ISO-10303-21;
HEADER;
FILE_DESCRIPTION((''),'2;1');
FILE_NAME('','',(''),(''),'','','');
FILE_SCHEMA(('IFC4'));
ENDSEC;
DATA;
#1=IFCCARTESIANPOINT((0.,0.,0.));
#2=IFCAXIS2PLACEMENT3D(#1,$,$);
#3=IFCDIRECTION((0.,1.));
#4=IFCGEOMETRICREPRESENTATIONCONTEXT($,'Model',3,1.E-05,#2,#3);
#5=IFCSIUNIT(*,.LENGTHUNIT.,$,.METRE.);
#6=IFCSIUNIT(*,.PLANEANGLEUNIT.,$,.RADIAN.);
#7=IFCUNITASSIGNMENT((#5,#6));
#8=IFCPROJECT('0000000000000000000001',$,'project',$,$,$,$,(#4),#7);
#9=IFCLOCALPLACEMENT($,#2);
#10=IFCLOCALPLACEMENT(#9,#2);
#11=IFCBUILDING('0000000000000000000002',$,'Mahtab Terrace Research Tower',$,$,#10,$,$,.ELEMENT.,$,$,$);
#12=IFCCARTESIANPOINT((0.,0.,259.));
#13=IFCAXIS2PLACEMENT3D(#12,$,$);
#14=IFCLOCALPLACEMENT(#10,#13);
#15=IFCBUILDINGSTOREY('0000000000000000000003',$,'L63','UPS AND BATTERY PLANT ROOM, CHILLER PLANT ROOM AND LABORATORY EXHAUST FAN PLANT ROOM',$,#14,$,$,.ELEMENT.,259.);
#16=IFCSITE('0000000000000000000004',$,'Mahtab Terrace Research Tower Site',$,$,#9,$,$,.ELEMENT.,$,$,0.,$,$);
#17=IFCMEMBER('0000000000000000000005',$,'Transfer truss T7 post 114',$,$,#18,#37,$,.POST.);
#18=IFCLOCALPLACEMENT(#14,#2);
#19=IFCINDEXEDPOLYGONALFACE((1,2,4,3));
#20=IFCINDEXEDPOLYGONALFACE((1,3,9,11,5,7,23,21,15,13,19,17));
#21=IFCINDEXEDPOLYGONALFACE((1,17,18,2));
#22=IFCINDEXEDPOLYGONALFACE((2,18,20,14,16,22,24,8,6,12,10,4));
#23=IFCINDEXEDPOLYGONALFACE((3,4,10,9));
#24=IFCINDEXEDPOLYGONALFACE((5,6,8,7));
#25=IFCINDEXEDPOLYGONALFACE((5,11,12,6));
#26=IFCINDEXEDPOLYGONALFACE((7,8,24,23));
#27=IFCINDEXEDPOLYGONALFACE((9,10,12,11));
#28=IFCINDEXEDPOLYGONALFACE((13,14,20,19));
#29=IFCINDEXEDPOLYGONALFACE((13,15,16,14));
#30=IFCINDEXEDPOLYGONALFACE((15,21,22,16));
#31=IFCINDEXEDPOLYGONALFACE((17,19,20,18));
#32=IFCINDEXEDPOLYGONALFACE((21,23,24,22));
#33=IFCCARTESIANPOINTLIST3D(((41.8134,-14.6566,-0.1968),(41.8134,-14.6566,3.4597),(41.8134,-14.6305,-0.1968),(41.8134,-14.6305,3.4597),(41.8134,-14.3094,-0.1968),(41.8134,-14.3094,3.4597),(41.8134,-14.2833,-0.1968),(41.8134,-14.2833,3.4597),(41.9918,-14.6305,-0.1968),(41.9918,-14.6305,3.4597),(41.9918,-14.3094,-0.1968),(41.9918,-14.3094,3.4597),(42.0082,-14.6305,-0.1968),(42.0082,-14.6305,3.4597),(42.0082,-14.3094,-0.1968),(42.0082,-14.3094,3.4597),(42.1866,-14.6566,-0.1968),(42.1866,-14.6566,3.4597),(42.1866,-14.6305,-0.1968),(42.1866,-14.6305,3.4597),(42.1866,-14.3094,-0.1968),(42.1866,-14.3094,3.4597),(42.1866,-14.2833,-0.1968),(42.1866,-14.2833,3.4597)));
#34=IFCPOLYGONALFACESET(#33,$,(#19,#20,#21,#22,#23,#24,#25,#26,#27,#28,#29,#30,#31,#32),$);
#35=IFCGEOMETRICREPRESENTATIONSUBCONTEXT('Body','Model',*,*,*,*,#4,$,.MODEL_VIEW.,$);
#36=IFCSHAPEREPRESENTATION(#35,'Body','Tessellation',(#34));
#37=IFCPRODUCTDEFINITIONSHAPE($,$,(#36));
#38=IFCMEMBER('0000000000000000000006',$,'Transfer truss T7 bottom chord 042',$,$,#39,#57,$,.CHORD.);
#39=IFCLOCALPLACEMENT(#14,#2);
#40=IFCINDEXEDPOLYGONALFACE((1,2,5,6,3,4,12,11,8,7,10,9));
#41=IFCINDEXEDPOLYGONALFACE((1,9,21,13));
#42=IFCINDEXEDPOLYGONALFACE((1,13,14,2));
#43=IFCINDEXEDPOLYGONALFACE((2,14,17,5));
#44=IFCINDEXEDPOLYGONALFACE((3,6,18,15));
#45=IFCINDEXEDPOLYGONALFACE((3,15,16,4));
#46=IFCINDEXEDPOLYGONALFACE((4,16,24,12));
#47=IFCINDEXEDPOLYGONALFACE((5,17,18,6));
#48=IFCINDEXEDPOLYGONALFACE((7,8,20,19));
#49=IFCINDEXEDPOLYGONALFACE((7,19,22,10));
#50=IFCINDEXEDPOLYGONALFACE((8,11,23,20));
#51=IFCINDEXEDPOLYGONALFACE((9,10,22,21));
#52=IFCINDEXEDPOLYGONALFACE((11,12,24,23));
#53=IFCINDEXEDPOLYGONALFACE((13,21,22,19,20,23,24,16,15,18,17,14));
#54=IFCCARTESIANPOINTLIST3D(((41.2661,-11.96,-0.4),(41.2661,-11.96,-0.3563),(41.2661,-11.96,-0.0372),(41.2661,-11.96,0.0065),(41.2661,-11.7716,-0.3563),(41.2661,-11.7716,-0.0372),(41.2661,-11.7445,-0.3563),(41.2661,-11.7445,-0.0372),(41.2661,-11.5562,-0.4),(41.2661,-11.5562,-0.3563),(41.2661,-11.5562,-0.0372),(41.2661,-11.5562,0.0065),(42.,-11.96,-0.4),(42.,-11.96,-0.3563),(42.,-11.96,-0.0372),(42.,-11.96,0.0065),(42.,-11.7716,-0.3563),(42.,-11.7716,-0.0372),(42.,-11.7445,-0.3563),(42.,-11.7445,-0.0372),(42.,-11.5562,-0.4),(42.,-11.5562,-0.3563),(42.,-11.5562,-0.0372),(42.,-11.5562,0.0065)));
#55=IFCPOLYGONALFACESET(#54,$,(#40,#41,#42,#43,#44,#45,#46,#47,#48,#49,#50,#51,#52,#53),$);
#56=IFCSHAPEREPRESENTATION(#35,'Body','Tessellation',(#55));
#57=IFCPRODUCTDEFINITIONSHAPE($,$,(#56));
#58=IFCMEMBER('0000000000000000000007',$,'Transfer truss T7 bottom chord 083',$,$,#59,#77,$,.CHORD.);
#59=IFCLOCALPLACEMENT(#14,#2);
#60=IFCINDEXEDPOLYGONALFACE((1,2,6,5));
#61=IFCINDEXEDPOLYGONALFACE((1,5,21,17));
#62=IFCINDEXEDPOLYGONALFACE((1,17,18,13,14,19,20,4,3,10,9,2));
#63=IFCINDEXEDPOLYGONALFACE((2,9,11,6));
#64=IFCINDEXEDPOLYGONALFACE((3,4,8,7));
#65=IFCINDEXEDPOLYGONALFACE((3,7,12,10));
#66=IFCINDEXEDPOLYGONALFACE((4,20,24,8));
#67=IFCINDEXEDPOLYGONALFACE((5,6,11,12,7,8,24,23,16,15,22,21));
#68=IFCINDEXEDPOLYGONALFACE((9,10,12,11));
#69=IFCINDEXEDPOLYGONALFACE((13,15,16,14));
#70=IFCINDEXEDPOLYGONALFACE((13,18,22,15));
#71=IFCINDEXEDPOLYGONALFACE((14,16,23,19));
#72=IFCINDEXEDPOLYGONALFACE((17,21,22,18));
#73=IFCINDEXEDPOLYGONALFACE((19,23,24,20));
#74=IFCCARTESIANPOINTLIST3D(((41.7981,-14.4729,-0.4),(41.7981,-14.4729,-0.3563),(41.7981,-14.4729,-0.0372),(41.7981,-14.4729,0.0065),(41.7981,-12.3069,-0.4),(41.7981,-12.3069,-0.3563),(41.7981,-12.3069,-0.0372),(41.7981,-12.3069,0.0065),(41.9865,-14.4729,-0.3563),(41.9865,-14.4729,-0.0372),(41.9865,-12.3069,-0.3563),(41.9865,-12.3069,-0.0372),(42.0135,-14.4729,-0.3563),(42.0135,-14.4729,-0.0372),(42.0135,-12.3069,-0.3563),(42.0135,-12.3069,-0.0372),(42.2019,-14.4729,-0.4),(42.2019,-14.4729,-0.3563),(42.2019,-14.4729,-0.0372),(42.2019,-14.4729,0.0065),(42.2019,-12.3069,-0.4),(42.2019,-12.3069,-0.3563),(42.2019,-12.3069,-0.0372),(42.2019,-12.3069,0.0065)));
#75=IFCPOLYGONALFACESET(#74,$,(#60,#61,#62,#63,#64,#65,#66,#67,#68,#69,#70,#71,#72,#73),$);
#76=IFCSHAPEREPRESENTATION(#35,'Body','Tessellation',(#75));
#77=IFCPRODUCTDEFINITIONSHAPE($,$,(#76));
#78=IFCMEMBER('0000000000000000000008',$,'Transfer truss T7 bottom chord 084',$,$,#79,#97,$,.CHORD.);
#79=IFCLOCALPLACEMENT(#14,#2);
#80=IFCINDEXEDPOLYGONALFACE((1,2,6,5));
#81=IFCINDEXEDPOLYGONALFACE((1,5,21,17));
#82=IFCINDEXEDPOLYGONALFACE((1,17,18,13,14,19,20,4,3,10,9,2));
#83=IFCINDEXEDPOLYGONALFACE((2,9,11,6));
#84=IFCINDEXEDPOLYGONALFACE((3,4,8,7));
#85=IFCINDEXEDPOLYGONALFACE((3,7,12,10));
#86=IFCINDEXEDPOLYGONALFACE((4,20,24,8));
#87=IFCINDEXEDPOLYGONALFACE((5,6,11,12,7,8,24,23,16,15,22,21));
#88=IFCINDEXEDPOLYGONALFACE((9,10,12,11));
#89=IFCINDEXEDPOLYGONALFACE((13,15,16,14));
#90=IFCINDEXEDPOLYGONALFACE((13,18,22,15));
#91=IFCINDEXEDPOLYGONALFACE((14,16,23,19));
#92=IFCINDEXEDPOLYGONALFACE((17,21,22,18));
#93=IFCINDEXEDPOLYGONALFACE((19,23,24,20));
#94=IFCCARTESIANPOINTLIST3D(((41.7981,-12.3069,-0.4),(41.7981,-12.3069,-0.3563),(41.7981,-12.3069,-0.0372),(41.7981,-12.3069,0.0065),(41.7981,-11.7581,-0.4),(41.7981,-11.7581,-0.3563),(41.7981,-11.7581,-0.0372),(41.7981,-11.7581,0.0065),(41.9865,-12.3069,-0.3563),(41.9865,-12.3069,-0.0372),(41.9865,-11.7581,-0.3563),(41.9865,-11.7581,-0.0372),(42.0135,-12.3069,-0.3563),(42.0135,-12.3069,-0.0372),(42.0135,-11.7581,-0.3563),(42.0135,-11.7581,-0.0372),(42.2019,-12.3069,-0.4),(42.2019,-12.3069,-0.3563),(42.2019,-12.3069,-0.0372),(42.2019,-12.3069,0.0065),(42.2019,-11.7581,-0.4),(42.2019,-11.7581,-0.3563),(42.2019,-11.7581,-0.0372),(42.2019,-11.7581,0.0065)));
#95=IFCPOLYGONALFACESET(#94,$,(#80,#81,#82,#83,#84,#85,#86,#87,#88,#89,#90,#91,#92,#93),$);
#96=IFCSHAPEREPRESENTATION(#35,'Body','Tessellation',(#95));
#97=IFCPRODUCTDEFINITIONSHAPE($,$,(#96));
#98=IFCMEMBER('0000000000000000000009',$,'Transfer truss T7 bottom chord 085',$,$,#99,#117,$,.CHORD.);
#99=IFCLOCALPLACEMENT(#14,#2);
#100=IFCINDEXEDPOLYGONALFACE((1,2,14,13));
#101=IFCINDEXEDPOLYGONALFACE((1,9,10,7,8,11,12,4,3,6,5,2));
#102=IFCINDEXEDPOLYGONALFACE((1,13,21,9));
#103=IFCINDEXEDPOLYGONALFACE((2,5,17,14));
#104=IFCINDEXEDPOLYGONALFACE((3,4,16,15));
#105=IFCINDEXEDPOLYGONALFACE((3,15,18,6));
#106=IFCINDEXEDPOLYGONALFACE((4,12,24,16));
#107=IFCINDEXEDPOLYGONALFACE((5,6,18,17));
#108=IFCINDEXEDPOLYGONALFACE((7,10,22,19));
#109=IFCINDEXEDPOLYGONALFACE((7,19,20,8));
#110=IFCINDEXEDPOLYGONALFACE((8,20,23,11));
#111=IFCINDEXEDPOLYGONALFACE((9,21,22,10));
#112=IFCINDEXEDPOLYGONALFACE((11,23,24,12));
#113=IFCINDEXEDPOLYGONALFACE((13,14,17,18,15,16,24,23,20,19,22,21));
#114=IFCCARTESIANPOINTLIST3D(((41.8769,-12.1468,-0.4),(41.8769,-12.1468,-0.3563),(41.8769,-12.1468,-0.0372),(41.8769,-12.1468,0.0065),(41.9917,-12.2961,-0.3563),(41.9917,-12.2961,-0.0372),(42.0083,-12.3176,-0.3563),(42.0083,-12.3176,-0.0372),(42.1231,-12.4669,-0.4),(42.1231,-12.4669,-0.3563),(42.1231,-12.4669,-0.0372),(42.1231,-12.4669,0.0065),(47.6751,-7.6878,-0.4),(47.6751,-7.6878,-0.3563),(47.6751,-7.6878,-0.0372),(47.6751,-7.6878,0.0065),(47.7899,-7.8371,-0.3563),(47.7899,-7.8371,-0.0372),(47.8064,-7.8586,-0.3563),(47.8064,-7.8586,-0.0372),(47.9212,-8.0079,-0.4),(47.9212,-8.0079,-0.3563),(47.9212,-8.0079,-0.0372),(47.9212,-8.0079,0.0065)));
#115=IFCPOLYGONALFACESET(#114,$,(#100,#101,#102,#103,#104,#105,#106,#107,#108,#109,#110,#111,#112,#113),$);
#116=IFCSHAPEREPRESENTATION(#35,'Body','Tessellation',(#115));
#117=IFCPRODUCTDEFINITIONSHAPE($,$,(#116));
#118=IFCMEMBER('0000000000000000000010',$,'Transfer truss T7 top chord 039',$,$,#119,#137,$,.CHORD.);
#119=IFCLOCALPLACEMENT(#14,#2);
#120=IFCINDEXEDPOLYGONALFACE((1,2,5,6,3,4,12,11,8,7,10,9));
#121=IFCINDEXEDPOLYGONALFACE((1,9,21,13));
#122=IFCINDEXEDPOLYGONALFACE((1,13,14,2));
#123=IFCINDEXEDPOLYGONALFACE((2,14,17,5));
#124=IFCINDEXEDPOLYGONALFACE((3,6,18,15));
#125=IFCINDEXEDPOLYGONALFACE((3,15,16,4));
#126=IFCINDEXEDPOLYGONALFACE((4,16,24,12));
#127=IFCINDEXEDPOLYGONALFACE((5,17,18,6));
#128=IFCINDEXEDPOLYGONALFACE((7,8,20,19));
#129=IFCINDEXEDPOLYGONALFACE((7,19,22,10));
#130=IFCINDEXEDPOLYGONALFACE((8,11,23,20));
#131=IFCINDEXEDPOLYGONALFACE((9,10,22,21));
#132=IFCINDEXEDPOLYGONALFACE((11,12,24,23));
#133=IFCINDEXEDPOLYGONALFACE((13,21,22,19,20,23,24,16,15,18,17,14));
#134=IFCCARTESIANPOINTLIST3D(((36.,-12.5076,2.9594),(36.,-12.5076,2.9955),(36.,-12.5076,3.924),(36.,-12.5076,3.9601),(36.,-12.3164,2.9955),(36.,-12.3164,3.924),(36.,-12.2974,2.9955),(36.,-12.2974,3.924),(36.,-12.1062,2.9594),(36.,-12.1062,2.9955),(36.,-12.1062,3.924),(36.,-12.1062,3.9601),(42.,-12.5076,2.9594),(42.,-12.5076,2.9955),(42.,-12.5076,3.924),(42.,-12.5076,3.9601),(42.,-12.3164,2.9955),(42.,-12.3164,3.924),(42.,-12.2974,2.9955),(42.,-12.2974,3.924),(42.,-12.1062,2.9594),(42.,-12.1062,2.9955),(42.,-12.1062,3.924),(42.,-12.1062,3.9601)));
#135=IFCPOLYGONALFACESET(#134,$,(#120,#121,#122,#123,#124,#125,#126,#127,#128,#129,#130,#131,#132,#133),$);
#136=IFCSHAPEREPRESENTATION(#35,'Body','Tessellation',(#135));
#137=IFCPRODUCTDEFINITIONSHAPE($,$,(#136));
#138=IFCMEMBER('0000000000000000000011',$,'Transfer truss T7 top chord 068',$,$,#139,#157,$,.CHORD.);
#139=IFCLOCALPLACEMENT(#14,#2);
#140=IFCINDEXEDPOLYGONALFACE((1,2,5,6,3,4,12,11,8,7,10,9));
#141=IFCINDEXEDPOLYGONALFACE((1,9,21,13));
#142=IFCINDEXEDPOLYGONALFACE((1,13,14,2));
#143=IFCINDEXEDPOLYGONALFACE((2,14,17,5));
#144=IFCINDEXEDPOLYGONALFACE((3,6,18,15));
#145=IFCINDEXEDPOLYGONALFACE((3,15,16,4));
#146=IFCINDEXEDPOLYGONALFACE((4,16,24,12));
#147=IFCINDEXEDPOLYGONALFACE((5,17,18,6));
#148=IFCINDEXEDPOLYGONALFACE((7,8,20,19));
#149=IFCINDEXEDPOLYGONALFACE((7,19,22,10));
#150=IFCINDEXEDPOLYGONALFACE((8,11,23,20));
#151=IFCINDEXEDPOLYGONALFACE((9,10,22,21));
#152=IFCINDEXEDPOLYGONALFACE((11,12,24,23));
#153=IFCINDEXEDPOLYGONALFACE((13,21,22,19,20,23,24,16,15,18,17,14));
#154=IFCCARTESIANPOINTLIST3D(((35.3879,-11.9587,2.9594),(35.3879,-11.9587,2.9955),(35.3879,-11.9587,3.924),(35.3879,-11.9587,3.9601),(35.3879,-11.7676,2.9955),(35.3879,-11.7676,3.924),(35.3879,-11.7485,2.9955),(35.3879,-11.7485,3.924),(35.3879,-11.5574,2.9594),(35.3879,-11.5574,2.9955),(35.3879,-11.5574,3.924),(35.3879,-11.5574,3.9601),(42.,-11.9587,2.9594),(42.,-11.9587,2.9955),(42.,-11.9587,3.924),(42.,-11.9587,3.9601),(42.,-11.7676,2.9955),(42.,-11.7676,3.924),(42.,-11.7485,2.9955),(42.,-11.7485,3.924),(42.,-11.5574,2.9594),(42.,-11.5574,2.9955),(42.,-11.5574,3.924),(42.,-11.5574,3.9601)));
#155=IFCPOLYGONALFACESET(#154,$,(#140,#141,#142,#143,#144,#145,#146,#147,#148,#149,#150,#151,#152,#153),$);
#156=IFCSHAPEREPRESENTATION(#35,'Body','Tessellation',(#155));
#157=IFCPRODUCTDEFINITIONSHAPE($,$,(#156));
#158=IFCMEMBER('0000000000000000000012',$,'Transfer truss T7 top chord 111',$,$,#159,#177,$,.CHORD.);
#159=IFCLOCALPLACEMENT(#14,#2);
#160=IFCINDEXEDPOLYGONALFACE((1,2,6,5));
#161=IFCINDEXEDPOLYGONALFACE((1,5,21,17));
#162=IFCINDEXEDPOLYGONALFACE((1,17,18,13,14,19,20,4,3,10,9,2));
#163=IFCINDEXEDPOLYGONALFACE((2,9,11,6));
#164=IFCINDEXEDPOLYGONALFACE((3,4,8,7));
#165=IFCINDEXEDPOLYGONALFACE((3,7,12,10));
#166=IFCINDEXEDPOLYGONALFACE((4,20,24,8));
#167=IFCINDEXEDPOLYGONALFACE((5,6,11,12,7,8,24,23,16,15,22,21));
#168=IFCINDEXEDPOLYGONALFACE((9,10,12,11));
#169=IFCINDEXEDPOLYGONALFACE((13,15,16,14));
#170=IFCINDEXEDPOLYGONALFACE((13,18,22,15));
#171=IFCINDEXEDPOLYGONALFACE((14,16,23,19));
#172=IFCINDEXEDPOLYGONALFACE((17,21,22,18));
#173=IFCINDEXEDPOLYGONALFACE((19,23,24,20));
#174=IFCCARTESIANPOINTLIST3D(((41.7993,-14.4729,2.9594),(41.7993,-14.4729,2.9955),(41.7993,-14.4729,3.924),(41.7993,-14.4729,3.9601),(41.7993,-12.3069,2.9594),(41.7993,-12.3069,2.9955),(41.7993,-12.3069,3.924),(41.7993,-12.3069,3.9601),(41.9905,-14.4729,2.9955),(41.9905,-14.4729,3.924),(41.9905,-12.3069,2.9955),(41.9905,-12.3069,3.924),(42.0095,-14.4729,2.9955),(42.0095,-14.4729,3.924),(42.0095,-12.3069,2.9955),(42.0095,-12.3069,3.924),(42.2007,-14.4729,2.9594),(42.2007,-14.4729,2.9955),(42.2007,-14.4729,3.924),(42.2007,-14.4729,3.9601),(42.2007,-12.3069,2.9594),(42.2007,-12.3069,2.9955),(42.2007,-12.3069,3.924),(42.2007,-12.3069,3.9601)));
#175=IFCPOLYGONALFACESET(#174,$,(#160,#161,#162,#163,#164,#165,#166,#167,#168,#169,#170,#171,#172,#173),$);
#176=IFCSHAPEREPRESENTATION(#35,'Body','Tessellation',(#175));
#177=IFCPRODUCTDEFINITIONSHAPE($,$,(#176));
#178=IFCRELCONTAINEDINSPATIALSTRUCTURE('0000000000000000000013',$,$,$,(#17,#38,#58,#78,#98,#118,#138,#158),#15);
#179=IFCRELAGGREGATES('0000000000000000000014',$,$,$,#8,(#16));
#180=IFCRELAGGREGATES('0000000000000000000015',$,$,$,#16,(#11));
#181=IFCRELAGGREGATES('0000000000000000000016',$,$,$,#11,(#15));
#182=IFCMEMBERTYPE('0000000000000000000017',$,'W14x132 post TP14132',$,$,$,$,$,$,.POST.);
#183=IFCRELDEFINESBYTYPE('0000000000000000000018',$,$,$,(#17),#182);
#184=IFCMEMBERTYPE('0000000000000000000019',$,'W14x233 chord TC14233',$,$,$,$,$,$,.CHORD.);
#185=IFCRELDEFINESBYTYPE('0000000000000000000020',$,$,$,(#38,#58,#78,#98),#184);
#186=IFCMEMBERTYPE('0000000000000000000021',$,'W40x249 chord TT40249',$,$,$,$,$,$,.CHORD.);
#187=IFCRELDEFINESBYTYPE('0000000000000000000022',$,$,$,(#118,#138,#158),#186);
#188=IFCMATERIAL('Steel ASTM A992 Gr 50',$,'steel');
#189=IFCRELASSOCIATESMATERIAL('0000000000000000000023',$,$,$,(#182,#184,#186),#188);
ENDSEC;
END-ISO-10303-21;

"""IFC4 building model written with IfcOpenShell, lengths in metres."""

from ifc_helpers import new_model, si_unit, direction, frame, origin, origin_2d, place, context, subcontext, project, spatial, i_section, extrude, material, material_profile, profile_set, type_object, element, save


model = new_model("IFC4")

# Units and contexts
model_context = context("Model", 3, precision=1e-05, world=origin(), true_north=direction((0.0, 1.0)))
body_context = subcontext(model_context, "Body", "Model", "MODEL_VIEW")
ifc_project = project(units=[si_unit("LENGTHUNIT", "METRE"), si_unit("PLANEANGLEUNIT", "RADIAN")], contexts=[model_context])

# Site, building, storey
site_placement = place(None, origin())
site = spatial("IfcSite", under=ifc_project, at=site_placement, Name="Mahtab Terrace Research Tower Site", CompositionType="ELEMENT", RefElevation=0.0)
building_placement = place(site_placement, origin())
building = spatial("IfcBuilding", under=site, at=building_placement, Name="Mahtab Terrace Research Tower", CompositionType="ELEMENT")
storey_placement = place(building_placement, frame((0.0, 0.0, 259.0)))
storey = spatial("IfcBuildingStorey", under=building, at=storey_placement, Name="L63", Description="UPS AND BATTERY PLANT ROOM, CHILLER PLANT ROOM AND LABORATORY EXHAUST FAN PLANT ROOM", CompositionType="ELEMENT", Elevation=259.0)

# Shared definitions
ifc_material_1 = material(Name="Steel ASTM A992 Gr 50", Category="steel")

# Members
ifc_material_profile_1 = material_profile(ifc_material_1, i_section(OverallWidth=0.3733, OverallDepth=0.3733, WebThickness=0.0164, FlangeThickness=0.0261, at=origin_2d()), Name="W14X132")
ifc_profile_set_1 = profile_set([ifc_material_profile_1], Name="Steel ASTM A992 Gr 50")
member_type_1 = type_object("IfcMemberType", Name="W14x132 post TP14132", PredefinedType="POST", material=ifc_profile_set_1)
for number, where, z_axis, x_axis, name in (
    (1, (42.0, -14.47, -0.1968), (0.0, 0.0, 1.0), (1.0, 0.0, 0.0), "Transfer truss T7 post 114"),
):
    element("IfcMember", number, at=place(storey_placement, frame(where, z_axis=z_axis, x_axis=x_axis)), inside=storey, type_object=member_type_1, Name=name, PredefinedType="POST", context=body_context, shape_type="SweptSolid", body=[
        extrude(i_section(OverallWidth=0.3733, OverallDepth=0.3733, WebThickness=0.0164, FlangeThickness=0.0261, at=origin_2d()), origin(), (0.0, 0.0, 1.0), 3.6565),
    ])
ifc_material_profile_2 = material_profile(ifc_material_1, i_section(OverallWidth=0.4038, OverallDepth=0.4065, WebThickness=0.0271, FlangeThickness=0.0437, at=origin_2d()), Name="W14X233")
ifc_profile_set_2 = profile_set([ifc_material_profile_2], Name="Steel ASTM A992 Gr 50")
member_type_2 = type_object("IfcMemberType", Name="W14x233 chord TC14233", PredefinedType="CHORD", material=ifc_profile_set_2)
member_1_placement = place(storey_placement, frame((41.2661, -11.7581, -0.1968), z_axis=(1.0, 0.0, 0.0), x_axis=(0.0, 1.0, 0.0)))
element("IfcMember", 2, at=member_1_placement, inside=storey, type_object=member_type_2, Name="Transfer truss T7 bottom chord 042", PredefinedType="CHORD", context=body_context, shape_type="SweptSolid", body=[
    extrude(i_section(OverallWidth=0.4038, OverallDepth=0.4065, WebThickness=0.0271, FlangeThickness=0.0437, at=origin_2d()), origin(), (0.0, 0.0, 1.0), 0.7339),
])
member_2_placement = place(storey_placement, frame((42.0, -14.4729, -0.1968), z_axis=(0.0, 1.0, 0.0), x_axis=(-1.0, 0.0, 0.0)))
element("IfcMember", 3, at=member_2_placement, inside=storey, type_object=member_type_2, Name="Transfer truss T7 bottom chord 083", PredefinedType="CHORD", context=body_context, shape_type="SweptSolid", body=[
    extrude(i_section(OverallWidth=0.4038, OverallDepth=0.4065, WebThickness=0.0271, FlangeThickness=0.0437, at=origin_2d()), origin(), (0.0, 0.0, 1.0), 2.166),
])
member_3_placement = place(storey_placement, frame((42.0, -12.3069, -0.1968), z_axis=(0.0, 1.0, 0.0), x_axis=(-1.0, 0.0, 0.0)))
element("IfcMember", 4, at=member_3_placement, inside=storey, type_object=member_type_2, Name="Transfer truss T7 bottom chord 084", PredefinedType="CHORD", context=body_context, shape_type="SweptSolid", body=[
    extrude(i_section(OverallWidth=0.4038, OverallDepth=0.4065, WebThickness=0.0271, FlangeThickness=0.0437, at=origin_2d()), origin(), (0.0, 0.0, 1.0), 0.5488),
])
member_4_placement = place(storey_placement, frame((42.0, -12.3069, -0.1968), z_axis=(0.792696, 0.609617, 0.0), x_axis=(-0.609617, 0.792696, 0.0)))
element("IfcMember", 5, at=member_4_placement, inside=storey, type_object=member_type_2, Name="Transfer truss T7 bottom chord 085", PredefinedType="CHORD", context=body_context, shape_type="SweptSolid", body=[
    extrude(i_section(OverallWidth=0.4038, OverallDepth=0.4065, WebThickness=0.0271, FlangeThickness=0.0437, at=origin_2d()), origin(), (0.0, 0.0, 1.0), 7.3145),
])
ifc_material_profile_3 = material_profile(ifc_material_1, i_section(OverallWidth=0.4014, OverallDepth=1.0007, WebThickness=0.019, FlangeThickness=0.0361, at=origin_2d()), Name="W40X249")
ifc_profile_set_3 = profile_set([ifc_material_profile_3], Name="Steel ASTM A992 Gr 50")
member_type_3 = type_object("IfcMemberType", Name="W40x249 chord TT40249", PredefinedType="CHORD", material=ifc_profile_set_3)
member_5_placement = place(storey_placement, frame((36.0, -12.3069, 3.4597), z_axis=(1.0, 0.0, 0.0), x_axis=(0.0, 1.0, 0.0)))
element("IfcMember", 6, at=member_5_placement, inside=storey, type_object=member_type_3, Name="Transfer truss T7 top chord 039", PredefinedType="CHORD", context=body_context, shape_type="SweptSolid", body=[
    extrude(i_section(OverallWidth=0.4014, OverallDepth=1.0007, WebThickness=0.019, FlangeThickness=0.0361, at=origin_2d()), origin(), (0.0, 0.0, 1.0), 6.0),
])
member_6_placement = place(storey_placement, frame((35.3879, -11.7581, 3.4597), z_axis=(1.0, 0.0, 0.0), x_axis=(0.0, 1.0, 0.0)))
element("IfcMember", 7, at=member_6_placement, inside=storey, type_object=member_type_3, Name="Transfer truss T7 top chord 068", PredefinedType="CHORD", context=body_context, shape_type="SweptSolid", body=[
    extrude(i_section(OverallWidth=0.4014, OverallDepth=1.0007, WebThickness=0.019, FlangeThickness=0.0361, at=origin_2d()), origin(), (0.0, 0.0, 1.0), 6.6121),
])
member_7_placement = place(storey_placement, frame((42.0, -14.4729, 3.4597), z_axis=(0.0, 1.0, 0.0), x_axis=(-1.0, 0.0, 0.0)))
element("IfcMember", 8, at=member_7_placement, inside=storey, type_object=member_type_3, Name="Transfer truss T7 top chord 111", PredefinedType="CHORD", context=body_context, shape_type="SweptSolid", body=[
    extrude(i_section(OverallWidth=0.4014, OverallDepth=1.0007, WebThickness=0.019, FlangeThickness=0.0361, at=origin_2d()), origin(), (0.0, 0.0, 1.0), 2.166),
])

save(model, "model.ifc")
